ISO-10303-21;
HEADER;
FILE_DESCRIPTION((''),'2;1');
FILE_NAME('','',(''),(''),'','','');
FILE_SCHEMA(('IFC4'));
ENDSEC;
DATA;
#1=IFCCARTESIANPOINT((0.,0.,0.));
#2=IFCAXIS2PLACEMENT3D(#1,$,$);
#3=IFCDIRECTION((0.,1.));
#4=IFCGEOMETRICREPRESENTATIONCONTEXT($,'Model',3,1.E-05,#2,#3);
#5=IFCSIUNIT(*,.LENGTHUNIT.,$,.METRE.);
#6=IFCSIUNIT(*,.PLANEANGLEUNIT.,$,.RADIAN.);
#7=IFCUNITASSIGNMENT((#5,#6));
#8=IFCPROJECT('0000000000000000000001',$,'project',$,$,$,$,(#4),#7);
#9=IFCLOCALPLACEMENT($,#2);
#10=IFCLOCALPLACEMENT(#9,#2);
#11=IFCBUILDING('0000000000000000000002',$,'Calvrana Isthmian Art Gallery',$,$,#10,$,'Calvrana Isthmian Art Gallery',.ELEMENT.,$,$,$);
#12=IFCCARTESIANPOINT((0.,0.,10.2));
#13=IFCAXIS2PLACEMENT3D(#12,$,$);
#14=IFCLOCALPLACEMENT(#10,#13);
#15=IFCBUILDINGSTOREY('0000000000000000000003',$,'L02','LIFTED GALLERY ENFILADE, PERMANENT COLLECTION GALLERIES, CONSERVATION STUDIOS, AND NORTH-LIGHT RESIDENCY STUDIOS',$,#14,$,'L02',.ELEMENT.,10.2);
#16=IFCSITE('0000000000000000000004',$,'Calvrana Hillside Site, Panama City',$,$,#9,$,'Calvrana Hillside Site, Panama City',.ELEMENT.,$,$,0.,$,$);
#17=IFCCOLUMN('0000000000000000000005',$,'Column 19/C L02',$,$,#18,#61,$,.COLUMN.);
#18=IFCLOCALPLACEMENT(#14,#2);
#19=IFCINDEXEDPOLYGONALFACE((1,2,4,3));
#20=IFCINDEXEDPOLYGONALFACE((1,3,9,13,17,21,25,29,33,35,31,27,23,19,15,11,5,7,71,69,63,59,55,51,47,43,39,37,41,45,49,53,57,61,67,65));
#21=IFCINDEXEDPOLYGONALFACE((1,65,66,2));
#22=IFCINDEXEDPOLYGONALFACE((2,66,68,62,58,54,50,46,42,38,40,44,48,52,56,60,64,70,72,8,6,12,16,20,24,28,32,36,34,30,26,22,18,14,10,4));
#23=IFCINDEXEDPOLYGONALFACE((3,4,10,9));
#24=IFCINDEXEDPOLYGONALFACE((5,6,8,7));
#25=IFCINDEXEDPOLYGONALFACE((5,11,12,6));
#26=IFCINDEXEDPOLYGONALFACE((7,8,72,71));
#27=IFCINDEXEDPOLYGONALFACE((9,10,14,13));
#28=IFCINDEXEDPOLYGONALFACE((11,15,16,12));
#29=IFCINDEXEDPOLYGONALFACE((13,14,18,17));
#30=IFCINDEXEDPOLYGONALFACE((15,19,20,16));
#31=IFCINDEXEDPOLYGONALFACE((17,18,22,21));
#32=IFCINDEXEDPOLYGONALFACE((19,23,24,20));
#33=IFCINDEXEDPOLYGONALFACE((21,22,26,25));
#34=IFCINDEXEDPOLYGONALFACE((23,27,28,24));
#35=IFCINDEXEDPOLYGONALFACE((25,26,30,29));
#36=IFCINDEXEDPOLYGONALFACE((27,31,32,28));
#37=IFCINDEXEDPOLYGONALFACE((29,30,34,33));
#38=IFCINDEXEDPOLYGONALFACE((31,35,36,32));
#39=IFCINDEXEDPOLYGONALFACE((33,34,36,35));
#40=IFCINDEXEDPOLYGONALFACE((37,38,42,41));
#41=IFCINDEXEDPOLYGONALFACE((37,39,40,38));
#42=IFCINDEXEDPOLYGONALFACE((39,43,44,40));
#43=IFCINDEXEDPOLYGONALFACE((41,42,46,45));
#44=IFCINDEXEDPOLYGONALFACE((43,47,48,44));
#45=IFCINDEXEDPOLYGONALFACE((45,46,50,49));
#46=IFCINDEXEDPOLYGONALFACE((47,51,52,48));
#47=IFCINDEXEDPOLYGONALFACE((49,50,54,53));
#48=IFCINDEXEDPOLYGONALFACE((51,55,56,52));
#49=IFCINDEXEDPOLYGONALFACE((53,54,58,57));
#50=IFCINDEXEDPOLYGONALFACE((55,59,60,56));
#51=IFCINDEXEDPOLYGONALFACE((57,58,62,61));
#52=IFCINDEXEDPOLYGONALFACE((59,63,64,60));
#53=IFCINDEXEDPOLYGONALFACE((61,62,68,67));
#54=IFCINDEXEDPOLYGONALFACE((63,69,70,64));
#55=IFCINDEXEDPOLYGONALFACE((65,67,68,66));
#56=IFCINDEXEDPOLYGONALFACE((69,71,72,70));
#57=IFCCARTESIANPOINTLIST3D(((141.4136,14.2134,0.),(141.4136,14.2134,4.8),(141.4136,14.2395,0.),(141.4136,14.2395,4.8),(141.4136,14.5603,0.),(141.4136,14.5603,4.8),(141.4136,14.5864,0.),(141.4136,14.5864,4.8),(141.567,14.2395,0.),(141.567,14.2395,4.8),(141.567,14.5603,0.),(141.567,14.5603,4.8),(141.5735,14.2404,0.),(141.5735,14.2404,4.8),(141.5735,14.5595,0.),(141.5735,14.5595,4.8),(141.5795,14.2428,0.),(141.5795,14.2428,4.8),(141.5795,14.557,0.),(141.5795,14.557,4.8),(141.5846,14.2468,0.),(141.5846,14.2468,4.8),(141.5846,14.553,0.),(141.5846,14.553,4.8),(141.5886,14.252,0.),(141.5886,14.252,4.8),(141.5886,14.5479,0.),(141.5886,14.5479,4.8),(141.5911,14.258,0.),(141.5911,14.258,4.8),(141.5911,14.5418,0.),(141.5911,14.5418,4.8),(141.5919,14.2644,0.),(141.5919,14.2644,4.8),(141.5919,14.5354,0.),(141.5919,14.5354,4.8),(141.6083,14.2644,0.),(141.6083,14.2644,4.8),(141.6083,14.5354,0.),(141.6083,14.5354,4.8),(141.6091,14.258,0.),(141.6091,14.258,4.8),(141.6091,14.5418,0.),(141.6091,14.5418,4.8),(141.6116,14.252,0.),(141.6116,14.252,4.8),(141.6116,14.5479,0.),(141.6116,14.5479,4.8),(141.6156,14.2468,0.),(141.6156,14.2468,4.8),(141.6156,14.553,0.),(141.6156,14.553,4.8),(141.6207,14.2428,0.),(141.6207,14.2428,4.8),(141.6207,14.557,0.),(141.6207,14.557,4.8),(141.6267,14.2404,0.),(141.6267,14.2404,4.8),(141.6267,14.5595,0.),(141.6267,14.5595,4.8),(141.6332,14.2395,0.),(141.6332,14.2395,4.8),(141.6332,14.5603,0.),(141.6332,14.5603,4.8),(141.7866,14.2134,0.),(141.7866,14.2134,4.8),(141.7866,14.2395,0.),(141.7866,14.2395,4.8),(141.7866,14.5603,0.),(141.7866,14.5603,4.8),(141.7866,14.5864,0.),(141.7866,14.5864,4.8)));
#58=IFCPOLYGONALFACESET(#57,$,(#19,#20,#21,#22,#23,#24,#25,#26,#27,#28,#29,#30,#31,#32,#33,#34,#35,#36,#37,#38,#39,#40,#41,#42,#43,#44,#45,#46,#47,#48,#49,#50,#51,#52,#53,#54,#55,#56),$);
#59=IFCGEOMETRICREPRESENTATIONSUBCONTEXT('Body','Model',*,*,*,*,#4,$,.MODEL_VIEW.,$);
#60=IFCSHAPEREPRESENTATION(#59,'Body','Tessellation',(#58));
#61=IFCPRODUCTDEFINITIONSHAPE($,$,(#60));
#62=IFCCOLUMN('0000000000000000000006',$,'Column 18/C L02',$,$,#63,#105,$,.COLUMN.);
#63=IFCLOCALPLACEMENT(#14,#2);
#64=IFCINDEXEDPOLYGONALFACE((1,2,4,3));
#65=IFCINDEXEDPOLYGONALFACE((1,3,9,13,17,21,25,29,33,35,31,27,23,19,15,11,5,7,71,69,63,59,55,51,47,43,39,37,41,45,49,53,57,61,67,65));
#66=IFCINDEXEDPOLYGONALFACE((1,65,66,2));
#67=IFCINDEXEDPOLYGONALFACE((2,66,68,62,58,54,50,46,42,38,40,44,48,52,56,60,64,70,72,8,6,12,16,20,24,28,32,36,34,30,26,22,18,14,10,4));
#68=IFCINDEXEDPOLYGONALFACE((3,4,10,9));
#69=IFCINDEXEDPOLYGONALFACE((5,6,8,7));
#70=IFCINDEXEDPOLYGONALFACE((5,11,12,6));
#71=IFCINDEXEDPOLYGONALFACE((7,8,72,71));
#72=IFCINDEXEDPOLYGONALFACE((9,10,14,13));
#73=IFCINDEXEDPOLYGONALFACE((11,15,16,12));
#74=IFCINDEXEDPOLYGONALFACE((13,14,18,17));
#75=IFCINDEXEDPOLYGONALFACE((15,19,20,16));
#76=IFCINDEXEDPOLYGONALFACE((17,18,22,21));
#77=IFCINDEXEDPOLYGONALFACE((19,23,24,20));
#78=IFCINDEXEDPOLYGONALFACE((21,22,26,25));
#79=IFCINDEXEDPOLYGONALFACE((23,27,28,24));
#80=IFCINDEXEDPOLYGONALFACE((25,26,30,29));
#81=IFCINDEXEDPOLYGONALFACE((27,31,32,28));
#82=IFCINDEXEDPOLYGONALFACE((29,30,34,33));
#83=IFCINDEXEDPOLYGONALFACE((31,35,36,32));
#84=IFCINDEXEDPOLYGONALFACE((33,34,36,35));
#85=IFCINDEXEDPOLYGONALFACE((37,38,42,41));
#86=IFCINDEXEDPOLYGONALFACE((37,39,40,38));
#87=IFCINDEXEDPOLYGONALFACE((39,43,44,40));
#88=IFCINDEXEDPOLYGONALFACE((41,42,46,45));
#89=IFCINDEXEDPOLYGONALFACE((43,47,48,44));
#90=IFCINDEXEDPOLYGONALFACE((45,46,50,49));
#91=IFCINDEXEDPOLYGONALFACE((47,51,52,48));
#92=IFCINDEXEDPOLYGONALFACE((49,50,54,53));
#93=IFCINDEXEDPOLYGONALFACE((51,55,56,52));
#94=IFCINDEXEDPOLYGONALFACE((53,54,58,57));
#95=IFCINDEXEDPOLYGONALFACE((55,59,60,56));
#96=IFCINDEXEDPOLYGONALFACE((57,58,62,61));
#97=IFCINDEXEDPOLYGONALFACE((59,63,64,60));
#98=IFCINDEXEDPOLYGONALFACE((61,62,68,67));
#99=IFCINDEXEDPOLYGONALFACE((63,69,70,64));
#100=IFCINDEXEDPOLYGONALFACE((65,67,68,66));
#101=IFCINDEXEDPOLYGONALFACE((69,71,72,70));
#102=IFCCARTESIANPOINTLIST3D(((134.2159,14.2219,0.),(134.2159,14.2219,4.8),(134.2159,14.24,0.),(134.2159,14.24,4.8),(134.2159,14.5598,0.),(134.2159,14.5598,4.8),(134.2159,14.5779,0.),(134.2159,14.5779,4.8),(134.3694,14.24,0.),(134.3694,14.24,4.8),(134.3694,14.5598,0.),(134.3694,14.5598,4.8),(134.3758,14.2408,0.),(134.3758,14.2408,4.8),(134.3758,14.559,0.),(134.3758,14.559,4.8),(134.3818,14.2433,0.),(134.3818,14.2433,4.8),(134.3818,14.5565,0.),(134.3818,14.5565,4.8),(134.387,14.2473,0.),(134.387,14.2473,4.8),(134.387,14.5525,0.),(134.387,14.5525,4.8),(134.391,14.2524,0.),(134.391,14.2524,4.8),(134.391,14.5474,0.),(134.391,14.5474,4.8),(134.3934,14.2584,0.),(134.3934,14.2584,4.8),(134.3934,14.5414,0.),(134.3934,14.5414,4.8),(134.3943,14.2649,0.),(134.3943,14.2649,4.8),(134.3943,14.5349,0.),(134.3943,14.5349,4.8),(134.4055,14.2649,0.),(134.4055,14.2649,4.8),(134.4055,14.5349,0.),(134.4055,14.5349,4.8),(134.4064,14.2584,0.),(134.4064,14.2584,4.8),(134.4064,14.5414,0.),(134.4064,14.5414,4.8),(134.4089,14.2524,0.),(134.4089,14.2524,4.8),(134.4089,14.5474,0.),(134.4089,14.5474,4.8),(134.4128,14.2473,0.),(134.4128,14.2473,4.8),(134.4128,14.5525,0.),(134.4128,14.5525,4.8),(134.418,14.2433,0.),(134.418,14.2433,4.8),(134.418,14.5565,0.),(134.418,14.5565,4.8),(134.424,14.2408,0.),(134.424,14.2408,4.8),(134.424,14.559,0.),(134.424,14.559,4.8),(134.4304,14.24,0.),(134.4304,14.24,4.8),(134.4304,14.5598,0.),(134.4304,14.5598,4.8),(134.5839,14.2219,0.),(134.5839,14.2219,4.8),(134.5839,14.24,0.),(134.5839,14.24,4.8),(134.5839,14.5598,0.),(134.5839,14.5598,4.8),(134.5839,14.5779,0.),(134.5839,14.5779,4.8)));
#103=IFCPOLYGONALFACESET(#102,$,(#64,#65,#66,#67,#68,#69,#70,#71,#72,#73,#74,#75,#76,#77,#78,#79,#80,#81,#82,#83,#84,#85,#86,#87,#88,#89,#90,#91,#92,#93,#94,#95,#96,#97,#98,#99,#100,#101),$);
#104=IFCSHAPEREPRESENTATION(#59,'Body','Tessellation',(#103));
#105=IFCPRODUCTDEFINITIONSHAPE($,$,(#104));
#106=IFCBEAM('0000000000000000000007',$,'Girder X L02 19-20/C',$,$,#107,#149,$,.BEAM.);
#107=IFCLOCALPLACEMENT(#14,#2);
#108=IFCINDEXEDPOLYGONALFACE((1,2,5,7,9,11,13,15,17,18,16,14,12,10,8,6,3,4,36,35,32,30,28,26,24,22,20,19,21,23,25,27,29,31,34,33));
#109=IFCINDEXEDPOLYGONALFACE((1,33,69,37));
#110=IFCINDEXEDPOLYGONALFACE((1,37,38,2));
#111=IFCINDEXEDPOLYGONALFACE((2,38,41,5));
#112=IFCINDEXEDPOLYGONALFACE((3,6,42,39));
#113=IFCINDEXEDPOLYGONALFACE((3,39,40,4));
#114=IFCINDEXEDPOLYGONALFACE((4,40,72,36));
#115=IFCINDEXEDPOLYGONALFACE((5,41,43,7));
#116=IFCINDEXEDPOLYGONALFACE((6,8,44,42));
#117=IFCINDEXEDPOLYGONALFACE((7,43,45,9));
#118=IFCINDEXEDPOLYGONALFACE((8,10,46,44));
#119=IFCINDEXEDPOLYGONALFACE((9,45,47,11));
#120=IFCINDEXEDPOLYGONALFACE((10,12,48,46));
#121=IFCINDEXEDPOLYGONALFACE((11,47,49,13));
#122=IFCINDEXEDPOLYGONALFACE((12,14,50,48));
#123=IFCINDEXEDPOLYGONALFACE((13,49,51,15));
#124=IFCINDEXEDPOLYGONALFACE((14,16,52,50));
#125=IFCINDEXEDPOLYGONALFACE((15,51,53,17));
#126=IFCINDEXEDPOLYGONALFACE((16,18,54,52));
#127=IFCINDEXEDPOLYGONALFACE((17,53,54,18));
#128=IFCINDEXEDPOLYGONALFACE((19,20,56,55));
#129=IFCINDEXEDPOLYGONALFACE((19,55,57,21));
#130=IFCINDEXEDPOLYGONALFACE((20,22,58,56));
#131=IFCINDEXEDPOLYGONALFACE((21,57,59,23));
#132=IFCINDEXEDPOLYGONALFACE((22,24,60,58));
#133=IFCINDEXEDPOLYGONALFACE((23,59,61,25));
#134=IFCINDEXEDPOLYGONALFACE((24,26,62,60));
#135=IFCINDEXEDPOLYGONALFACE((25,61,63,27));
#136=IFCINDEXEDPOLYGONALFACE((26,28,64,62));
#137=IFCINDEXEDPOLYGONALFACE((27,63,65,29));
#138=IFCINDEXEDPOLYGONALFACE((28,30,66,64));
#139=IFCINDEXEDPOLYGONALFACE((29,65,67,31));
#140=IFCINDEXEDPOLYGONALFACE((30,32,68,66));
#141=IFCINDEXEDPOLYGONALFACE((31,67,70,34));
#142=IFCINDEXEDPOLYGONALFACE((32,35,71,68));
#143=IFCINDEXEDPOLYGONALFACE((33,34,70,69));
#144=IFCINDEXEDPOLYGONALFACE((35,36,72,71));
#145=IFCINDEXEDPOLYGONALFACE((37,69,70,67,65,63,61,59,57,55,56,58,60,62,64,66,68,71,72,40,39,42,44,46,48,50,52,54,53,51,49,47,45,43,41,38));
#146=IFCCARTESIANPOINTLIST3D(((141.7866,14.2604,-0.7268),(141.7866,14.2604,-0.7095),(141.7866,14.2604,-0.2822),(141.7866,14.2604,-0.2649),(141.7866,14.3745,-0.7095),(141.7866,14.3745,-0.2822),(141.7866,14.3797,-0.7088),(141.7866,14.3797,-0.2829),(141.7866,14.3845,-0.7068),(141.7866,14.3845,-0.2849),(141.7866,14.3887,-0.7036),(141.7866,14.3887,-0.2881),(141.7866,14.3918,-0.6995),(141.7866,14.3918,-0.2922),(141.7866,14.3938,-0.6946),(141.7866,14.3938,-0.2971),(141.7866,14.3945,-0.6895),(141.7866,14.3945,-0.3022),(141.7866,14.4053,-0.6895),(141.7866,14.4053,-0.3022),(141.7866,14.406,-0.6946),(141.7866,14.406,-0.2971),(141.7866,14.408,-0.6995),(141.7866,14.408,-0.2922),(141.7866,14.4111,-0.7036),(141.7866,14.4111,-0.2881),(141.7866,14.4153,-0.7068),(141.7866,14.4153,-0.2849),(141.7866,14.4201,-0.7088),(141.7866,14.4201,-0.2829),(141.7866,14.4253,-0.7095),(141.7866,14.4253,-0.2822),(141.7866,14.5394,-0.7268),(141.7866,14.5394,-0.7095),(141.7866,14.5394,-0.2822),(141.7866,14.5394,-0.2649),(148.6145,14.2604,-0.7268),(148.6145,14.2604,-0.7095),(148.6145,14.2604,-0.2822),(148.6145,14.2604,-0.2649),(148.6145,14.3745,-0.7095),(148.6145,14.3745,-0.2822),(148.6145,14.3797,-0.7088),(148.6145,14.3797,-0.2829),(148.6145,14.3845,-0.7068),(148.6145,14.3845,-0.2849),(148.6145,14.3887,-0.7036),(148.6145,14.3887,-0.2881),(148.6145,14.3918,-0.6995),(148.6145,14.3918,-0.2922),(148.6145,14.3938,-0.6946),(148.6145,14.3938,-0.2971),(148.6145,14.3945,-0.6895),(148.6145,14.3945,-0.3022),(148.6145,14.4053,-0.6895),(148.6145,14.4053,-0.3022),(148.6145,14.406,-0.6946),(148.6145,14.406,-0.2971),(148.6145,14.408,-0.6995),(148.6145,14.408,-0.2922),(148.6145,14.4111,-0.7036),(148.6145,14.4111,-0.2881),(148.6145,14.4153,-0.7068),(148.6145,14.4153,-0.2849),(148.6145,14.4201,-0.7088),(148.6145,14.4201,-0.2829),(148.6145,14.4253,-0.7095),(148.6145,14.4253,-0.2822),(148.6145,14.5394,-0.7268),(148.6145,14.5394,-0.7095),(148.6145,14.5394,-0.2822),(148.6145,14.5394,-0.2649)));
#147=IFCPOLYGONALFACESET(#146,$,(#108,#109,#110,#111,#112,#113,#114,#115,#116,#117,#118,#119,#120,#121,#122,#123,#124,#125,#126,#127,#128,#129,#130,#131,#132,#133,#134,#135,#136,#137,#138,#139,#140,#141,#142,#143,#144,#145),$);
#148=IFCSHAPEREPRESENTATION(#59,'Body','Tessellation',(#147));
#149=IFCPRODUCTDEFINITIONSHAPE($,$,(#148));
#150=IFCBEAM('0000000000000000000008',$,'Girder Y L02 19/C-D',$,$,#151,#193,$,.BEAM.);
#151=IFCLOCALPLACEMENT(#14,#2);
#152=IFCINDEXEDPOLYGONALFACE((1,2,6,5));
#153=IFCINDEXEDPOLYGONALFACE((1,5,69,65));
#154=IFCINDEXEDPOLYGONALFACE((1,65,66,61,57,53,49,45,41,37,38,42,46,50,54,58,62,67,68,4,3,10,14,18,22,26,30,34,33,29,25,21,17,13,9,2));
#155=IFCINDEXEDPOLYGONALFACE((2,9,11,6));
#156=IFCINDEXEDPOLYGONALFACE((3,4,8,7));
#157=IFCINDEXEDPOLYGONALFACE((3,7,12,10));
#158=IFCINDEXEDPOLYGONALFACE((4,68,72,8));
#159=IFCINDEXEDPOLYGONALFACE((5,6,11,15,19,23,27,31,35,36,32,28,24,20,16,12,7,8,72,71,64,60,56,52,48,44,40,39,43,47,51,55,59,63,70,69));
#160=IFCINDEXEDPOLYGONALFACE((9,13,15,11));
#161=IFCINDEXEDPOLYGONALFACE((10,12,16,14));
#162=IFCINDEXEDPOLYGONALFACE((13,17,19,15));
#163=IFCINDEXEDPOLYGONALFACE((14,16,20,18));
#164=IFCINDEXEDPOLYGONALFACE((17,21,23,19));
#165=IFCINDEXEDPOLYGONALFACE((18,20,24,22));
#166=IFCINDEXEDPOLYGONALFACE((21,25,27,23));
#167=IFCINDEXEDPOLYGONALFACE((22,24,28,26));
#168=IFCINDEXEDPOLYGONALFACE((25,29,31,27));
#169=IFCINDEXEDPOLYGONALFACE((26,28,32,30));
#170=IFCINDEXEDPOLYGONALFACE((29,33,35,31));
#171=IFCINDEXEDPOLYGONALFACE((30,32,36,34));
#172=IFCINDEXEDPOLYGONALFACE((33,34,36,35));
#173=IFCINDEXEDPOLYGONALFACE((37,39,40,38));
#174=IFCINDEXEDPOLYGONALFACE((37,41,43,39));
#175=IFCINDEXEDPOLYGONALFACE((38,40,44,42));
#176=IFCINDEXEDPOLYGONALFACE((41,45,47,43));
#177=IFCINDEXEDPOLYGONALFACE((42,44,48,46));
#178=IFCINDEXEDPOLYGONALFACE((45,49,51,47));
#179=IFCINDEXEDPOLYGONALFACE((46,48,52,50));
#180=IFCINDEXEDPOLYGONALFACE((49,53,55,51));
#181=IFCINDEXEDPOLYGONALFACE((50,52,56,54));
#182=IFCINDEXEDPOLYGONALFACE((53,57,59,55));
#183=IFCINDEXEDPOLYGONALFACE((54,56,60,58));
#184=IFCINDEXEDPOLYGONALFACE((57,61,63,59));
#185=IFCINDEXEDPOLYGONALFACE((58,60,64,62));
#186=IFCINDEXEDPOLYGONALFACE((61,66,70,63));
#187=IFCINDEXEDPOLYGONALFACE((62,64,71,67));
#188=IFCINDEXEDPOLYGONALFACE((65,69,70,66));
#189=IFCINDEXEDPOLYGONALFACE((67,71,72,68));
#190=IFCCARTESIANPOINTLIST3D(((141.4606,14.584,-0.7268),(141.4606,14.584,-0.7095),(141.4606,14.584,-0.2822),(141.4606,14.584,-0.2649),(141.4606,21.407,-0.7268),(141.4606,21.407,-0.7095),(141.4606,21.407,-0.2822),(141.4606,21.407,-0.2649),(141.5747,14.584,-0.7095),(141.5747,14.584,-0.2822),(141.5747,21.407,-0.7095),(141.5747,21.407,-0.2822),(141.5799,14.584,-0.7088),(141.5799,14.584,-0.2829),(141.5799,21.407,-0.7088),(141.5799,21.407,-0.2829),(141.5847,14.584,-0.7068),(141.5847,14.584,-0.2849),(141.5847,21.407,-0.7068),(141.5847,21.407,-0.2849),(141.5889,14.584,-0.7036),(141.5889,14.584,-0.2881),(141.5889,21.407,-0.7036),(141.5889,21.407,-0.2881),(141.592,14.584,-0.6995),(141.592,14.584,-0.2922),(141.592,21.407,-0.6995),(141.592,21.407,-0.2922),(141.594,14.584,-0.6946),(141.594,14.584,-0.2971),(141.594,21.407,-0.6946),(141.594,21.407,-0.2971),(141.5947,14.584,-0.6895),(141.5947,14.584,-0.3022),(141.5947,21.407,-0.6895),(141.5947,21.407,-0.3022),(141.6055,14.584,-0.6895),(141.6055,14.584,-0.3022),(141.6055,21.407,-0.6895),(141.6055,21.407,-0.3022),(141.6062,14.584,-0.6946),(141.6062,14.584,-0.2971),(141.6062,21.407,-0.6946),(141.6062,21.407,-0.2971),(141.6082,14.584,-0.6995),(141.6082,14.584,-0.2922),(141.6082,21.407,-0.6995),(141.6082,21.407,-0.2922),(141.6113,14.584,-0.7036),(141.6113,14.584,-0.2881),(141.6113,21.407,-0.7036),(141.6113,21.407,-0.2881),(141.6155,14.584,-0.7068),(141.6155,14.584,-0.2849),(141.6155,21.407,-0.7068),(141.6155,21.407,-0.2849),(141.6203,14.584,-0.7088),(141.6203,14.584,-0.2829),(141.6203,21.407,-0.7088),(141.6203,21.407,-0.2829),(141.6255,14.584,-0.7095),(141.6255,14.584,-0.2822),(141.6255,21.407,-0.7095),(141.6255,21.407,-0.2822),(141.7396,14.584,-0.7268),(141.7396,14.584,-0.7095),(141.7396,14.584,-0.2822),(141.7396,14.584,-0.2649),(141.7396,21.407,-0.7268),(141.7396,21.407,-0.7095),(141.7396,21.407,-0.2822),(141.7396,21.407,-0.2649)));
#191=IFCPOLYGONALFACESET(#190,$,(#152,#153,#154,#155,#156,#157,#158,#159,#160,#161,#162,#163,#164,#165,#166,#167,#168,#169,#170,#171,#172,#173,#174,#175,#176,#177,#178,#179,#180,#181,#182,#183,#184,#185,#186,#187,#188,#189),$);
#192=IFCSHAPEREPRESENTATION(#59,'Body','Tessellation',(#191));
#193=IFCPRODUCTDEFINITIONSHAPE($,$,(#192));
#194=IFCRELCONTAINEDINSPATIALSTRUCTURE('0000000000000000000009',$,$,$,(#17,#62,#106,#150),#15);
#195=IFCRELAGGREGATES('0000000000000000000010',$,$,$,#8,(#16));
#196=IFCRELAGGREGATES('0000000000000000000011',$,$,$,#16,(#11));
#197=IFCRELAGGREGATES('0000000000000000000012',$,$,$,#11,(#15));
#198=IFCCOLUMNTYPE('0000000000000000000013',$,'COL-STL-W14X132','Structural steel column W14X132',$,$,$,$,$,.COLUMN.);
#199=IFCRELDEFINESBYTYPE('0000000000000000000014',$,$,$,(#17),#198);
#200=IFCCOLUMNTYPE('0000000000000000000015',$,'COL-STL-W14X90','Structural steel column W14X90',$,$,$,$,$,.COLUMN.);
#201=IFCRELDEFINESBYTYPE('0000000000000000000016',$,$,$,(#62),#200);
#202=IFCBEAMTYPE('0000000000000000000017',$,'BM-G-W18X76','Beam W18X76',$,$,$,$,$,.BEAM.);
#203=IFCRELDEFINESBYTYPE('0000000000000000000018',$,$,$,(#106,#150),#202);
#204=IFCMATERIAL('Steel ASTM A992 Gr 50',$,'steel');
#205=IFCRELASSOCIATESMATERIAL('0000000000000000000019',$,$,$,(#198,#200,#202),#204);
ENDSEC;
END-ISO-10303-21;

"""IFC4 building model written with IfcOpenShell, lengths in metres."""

from ifc_helpers import new_model, si_unit, direction, frame, origin, origin_2d, place, context, subcontext, project, spatial, i_section, extrude, material, material_profile, profile_set, type_object, element, save


model = new_model("IFC4")

# Units and contexts
model_context = context("Model", 3, precision=1e-05, world=origin(), true_north=direction((0.0, 1.0)))
body_context = subcontext(model_context, "Body", "Model", "MODEL_VIEW")
ifc_project = project(units=[si_unit("LENGTHUNIT", "METRE"), si_unit("PLANEANGLEUNIT", "RADIAN")], contexts=[model_context])

# Site, building, storey
site_placement = place(None, origin())
site = spatial("IfcSite", under=ifc_project, at=site_placement, Name="Calvrana Hillside Site, Panama City", LongName="Calvrana Hillside Site, Panama City", CompositionType="ELEMENT", RefElevation=0.0)
building_placement = place(site_placement, origin())
building = spatial("IfcBuilding", under=site, at=building_placement, Name="Calvrana Isthmian Art Gallery", LongName="Calvrana Isthmian Art Gallery", CompositionType="ELEMENT")
storey_placement = place(building_placement, frame((0.0, 0.0, 10.2)))
storey = spatial("IfcBuildingStorey", under=building, at=storey_placement, Name="L02", Description="LIFTED GALLERY ENFILADE, PERMANENT COLLECTION GALLERIES, CONSERVATION STUDIOS, AND NORTH-LIGHT RESIDENCY STUDIOS", LongName="L02", CompositionType="ELEMENT", Elevation=10.2)

# Columns
ifc_material_1 = material(Name="Steel ASTM A992 Gr 50", Category="steel")
ifc_material_profile_1 = material_profile(ifc_material_1, i_section(OverallWidth=0.373, OverallDepth=0.373, WebThickness=0.0164, FlangeThickness=0.0261, FilletRadius=0.0249, at=origin_2d()), Name="W14X132")
ifc_profile_set_1 = profile_set([ifc_material_profile_1], Name="Steel ASTM A992 Gr 50")
column_type_1 = type_object("IfcColumnType", Name="COL-STL-W14X132", Description="Structural steel column W14X132", PredefinedType="COLUMN", material=ifc_profile_set_1)
column_1_placement = place(storey_placement, frame((141.6001, 14.3999, 0.0), z_axis=(0.0, 0.0, 1.0), x_axis=(1.0, 0.0, 0.0)))
element("IfcColumn", 1, at=column_1_placement, inside=storey, type_object=column_type_1, Name="Column 19/C L02", PredefinedType="COLUMN", context=body_context, shape_type="SweptSolid", body=[
    extrude(i_section(OverallWidth=0.373, OverallDepth=0.373, WebThickness=0.0164, FlangeThickness=0.0261, FilletRadius=0.0249, at=origin_2d()), origin(), (0.0, 0.0, 1.0), 4.8),
])
ifc_material_profile_2 = material_profile(ifc_material_1, i_section(OverallWidth=0.3679, OverallDepth=0.356, WebThickness=0.0112, FlangeThickness=0.0181, FilletRadius=0.0249, at=origin_2d()), Name="W14X90")
ifc_profile_set_2 = profile_set([ifc_material_profile_2], Name="Steel ASTM A992 Gr 50")
column_type_2 = type_object("IfcColumnType", Name="COL-STL-W14X90", Description="Structural steel column W14X90", PredefinedType="COLUMN", material=ifc_profile_set_2)
column_2_placement = place(storey_placement, frame((134.3999, 14.3999, 0.0), z_axis=(0.0, 0.0, 1.0), x_axis=(1.0, 0.0, 0.0)))
element("IfcColumn", 2, at=column_2_placement, inside=storey, type_object=column_type_2, Name="Column 18/C L02", PredefinedType="COLUMN", context=body_context, shape_type="SweptSolid", body=[
    extrude(i_section(OverallWidth=0.3679, OverallDepth=0.356, WebThickness=0.0112, FlangeThickness=0.0181, FilletRadius=0.0249, at=origin_2d()), origin(), (0.0, 0.0, 1.0), 4.8),
])

# Beams
ifc_material_profile_3 = material_profile(ifc_material_1, i_section(OverallWidth=0.2791, OverallDepth=0.4619, WebThickness=0.0107, FlangeThickness=0.0173, FilletRadius=0.02, at=origin_2d()), Name="W18X76")
ifc_profile_set_3 = profile_set([ifc_material_profile_3], Name="Steel ASTM A992 Gr 50")
beam_type_1 = type_object("IfcBeamType", Name="BM-G-W18X76", Description="Beam W18X76", PredefinedType="BEAM", material=ifc_profile_set_3)
beam_1_placement = place(storey_placement, frame((141.7866, 14.3999, -0.4958), z_axis=(1.0, 0.0, 0.0), x_axis=(0.0, 1.0, 0.0)))
element("IfcBeam", 3, at=beam_1_placement, inside=storey, type_object=beam_type_1, Name="Girder X L02 19-20/C", PredefinedType="BEAM", context=body_context, shape_type="SweptSolid", body=[
    extrude(i_section(OverallWidth=0.2791, OverallDepth=0.4619, WebThickness=0.0107, FlangeThickness=0.0173, FilletRadius=0.02, at=origin_2d()), origin(), (0.0, 0.0, 1.0), 6.8279),
])
beam_2_placement = place(storey_placement, frame((141.6001, 14.584, -0.4958), z_axis=(0.0, 1.0, 0.0), x_axis=(-1.0, 0.0, 0.0)))
element("IfcBeam", 4, at=beam_2_placement, inside=storey, type_object=beam_type_1, Name="Girder Y L02 19/C-D", PredefinedType="BEAM", context=body_context, shape_type="SweptSolid", body=[
    extrude(i_section(OverallWidth=0.2791, OverallDepth=0.4619, WebThickness=0.0107, FlangeThickness=0.0173, FilletRadius=0.02, at=origin_2d()), origin(), (0.0, 0.0, 1.0), 6.823),
])

save(model, "model.ifc")
